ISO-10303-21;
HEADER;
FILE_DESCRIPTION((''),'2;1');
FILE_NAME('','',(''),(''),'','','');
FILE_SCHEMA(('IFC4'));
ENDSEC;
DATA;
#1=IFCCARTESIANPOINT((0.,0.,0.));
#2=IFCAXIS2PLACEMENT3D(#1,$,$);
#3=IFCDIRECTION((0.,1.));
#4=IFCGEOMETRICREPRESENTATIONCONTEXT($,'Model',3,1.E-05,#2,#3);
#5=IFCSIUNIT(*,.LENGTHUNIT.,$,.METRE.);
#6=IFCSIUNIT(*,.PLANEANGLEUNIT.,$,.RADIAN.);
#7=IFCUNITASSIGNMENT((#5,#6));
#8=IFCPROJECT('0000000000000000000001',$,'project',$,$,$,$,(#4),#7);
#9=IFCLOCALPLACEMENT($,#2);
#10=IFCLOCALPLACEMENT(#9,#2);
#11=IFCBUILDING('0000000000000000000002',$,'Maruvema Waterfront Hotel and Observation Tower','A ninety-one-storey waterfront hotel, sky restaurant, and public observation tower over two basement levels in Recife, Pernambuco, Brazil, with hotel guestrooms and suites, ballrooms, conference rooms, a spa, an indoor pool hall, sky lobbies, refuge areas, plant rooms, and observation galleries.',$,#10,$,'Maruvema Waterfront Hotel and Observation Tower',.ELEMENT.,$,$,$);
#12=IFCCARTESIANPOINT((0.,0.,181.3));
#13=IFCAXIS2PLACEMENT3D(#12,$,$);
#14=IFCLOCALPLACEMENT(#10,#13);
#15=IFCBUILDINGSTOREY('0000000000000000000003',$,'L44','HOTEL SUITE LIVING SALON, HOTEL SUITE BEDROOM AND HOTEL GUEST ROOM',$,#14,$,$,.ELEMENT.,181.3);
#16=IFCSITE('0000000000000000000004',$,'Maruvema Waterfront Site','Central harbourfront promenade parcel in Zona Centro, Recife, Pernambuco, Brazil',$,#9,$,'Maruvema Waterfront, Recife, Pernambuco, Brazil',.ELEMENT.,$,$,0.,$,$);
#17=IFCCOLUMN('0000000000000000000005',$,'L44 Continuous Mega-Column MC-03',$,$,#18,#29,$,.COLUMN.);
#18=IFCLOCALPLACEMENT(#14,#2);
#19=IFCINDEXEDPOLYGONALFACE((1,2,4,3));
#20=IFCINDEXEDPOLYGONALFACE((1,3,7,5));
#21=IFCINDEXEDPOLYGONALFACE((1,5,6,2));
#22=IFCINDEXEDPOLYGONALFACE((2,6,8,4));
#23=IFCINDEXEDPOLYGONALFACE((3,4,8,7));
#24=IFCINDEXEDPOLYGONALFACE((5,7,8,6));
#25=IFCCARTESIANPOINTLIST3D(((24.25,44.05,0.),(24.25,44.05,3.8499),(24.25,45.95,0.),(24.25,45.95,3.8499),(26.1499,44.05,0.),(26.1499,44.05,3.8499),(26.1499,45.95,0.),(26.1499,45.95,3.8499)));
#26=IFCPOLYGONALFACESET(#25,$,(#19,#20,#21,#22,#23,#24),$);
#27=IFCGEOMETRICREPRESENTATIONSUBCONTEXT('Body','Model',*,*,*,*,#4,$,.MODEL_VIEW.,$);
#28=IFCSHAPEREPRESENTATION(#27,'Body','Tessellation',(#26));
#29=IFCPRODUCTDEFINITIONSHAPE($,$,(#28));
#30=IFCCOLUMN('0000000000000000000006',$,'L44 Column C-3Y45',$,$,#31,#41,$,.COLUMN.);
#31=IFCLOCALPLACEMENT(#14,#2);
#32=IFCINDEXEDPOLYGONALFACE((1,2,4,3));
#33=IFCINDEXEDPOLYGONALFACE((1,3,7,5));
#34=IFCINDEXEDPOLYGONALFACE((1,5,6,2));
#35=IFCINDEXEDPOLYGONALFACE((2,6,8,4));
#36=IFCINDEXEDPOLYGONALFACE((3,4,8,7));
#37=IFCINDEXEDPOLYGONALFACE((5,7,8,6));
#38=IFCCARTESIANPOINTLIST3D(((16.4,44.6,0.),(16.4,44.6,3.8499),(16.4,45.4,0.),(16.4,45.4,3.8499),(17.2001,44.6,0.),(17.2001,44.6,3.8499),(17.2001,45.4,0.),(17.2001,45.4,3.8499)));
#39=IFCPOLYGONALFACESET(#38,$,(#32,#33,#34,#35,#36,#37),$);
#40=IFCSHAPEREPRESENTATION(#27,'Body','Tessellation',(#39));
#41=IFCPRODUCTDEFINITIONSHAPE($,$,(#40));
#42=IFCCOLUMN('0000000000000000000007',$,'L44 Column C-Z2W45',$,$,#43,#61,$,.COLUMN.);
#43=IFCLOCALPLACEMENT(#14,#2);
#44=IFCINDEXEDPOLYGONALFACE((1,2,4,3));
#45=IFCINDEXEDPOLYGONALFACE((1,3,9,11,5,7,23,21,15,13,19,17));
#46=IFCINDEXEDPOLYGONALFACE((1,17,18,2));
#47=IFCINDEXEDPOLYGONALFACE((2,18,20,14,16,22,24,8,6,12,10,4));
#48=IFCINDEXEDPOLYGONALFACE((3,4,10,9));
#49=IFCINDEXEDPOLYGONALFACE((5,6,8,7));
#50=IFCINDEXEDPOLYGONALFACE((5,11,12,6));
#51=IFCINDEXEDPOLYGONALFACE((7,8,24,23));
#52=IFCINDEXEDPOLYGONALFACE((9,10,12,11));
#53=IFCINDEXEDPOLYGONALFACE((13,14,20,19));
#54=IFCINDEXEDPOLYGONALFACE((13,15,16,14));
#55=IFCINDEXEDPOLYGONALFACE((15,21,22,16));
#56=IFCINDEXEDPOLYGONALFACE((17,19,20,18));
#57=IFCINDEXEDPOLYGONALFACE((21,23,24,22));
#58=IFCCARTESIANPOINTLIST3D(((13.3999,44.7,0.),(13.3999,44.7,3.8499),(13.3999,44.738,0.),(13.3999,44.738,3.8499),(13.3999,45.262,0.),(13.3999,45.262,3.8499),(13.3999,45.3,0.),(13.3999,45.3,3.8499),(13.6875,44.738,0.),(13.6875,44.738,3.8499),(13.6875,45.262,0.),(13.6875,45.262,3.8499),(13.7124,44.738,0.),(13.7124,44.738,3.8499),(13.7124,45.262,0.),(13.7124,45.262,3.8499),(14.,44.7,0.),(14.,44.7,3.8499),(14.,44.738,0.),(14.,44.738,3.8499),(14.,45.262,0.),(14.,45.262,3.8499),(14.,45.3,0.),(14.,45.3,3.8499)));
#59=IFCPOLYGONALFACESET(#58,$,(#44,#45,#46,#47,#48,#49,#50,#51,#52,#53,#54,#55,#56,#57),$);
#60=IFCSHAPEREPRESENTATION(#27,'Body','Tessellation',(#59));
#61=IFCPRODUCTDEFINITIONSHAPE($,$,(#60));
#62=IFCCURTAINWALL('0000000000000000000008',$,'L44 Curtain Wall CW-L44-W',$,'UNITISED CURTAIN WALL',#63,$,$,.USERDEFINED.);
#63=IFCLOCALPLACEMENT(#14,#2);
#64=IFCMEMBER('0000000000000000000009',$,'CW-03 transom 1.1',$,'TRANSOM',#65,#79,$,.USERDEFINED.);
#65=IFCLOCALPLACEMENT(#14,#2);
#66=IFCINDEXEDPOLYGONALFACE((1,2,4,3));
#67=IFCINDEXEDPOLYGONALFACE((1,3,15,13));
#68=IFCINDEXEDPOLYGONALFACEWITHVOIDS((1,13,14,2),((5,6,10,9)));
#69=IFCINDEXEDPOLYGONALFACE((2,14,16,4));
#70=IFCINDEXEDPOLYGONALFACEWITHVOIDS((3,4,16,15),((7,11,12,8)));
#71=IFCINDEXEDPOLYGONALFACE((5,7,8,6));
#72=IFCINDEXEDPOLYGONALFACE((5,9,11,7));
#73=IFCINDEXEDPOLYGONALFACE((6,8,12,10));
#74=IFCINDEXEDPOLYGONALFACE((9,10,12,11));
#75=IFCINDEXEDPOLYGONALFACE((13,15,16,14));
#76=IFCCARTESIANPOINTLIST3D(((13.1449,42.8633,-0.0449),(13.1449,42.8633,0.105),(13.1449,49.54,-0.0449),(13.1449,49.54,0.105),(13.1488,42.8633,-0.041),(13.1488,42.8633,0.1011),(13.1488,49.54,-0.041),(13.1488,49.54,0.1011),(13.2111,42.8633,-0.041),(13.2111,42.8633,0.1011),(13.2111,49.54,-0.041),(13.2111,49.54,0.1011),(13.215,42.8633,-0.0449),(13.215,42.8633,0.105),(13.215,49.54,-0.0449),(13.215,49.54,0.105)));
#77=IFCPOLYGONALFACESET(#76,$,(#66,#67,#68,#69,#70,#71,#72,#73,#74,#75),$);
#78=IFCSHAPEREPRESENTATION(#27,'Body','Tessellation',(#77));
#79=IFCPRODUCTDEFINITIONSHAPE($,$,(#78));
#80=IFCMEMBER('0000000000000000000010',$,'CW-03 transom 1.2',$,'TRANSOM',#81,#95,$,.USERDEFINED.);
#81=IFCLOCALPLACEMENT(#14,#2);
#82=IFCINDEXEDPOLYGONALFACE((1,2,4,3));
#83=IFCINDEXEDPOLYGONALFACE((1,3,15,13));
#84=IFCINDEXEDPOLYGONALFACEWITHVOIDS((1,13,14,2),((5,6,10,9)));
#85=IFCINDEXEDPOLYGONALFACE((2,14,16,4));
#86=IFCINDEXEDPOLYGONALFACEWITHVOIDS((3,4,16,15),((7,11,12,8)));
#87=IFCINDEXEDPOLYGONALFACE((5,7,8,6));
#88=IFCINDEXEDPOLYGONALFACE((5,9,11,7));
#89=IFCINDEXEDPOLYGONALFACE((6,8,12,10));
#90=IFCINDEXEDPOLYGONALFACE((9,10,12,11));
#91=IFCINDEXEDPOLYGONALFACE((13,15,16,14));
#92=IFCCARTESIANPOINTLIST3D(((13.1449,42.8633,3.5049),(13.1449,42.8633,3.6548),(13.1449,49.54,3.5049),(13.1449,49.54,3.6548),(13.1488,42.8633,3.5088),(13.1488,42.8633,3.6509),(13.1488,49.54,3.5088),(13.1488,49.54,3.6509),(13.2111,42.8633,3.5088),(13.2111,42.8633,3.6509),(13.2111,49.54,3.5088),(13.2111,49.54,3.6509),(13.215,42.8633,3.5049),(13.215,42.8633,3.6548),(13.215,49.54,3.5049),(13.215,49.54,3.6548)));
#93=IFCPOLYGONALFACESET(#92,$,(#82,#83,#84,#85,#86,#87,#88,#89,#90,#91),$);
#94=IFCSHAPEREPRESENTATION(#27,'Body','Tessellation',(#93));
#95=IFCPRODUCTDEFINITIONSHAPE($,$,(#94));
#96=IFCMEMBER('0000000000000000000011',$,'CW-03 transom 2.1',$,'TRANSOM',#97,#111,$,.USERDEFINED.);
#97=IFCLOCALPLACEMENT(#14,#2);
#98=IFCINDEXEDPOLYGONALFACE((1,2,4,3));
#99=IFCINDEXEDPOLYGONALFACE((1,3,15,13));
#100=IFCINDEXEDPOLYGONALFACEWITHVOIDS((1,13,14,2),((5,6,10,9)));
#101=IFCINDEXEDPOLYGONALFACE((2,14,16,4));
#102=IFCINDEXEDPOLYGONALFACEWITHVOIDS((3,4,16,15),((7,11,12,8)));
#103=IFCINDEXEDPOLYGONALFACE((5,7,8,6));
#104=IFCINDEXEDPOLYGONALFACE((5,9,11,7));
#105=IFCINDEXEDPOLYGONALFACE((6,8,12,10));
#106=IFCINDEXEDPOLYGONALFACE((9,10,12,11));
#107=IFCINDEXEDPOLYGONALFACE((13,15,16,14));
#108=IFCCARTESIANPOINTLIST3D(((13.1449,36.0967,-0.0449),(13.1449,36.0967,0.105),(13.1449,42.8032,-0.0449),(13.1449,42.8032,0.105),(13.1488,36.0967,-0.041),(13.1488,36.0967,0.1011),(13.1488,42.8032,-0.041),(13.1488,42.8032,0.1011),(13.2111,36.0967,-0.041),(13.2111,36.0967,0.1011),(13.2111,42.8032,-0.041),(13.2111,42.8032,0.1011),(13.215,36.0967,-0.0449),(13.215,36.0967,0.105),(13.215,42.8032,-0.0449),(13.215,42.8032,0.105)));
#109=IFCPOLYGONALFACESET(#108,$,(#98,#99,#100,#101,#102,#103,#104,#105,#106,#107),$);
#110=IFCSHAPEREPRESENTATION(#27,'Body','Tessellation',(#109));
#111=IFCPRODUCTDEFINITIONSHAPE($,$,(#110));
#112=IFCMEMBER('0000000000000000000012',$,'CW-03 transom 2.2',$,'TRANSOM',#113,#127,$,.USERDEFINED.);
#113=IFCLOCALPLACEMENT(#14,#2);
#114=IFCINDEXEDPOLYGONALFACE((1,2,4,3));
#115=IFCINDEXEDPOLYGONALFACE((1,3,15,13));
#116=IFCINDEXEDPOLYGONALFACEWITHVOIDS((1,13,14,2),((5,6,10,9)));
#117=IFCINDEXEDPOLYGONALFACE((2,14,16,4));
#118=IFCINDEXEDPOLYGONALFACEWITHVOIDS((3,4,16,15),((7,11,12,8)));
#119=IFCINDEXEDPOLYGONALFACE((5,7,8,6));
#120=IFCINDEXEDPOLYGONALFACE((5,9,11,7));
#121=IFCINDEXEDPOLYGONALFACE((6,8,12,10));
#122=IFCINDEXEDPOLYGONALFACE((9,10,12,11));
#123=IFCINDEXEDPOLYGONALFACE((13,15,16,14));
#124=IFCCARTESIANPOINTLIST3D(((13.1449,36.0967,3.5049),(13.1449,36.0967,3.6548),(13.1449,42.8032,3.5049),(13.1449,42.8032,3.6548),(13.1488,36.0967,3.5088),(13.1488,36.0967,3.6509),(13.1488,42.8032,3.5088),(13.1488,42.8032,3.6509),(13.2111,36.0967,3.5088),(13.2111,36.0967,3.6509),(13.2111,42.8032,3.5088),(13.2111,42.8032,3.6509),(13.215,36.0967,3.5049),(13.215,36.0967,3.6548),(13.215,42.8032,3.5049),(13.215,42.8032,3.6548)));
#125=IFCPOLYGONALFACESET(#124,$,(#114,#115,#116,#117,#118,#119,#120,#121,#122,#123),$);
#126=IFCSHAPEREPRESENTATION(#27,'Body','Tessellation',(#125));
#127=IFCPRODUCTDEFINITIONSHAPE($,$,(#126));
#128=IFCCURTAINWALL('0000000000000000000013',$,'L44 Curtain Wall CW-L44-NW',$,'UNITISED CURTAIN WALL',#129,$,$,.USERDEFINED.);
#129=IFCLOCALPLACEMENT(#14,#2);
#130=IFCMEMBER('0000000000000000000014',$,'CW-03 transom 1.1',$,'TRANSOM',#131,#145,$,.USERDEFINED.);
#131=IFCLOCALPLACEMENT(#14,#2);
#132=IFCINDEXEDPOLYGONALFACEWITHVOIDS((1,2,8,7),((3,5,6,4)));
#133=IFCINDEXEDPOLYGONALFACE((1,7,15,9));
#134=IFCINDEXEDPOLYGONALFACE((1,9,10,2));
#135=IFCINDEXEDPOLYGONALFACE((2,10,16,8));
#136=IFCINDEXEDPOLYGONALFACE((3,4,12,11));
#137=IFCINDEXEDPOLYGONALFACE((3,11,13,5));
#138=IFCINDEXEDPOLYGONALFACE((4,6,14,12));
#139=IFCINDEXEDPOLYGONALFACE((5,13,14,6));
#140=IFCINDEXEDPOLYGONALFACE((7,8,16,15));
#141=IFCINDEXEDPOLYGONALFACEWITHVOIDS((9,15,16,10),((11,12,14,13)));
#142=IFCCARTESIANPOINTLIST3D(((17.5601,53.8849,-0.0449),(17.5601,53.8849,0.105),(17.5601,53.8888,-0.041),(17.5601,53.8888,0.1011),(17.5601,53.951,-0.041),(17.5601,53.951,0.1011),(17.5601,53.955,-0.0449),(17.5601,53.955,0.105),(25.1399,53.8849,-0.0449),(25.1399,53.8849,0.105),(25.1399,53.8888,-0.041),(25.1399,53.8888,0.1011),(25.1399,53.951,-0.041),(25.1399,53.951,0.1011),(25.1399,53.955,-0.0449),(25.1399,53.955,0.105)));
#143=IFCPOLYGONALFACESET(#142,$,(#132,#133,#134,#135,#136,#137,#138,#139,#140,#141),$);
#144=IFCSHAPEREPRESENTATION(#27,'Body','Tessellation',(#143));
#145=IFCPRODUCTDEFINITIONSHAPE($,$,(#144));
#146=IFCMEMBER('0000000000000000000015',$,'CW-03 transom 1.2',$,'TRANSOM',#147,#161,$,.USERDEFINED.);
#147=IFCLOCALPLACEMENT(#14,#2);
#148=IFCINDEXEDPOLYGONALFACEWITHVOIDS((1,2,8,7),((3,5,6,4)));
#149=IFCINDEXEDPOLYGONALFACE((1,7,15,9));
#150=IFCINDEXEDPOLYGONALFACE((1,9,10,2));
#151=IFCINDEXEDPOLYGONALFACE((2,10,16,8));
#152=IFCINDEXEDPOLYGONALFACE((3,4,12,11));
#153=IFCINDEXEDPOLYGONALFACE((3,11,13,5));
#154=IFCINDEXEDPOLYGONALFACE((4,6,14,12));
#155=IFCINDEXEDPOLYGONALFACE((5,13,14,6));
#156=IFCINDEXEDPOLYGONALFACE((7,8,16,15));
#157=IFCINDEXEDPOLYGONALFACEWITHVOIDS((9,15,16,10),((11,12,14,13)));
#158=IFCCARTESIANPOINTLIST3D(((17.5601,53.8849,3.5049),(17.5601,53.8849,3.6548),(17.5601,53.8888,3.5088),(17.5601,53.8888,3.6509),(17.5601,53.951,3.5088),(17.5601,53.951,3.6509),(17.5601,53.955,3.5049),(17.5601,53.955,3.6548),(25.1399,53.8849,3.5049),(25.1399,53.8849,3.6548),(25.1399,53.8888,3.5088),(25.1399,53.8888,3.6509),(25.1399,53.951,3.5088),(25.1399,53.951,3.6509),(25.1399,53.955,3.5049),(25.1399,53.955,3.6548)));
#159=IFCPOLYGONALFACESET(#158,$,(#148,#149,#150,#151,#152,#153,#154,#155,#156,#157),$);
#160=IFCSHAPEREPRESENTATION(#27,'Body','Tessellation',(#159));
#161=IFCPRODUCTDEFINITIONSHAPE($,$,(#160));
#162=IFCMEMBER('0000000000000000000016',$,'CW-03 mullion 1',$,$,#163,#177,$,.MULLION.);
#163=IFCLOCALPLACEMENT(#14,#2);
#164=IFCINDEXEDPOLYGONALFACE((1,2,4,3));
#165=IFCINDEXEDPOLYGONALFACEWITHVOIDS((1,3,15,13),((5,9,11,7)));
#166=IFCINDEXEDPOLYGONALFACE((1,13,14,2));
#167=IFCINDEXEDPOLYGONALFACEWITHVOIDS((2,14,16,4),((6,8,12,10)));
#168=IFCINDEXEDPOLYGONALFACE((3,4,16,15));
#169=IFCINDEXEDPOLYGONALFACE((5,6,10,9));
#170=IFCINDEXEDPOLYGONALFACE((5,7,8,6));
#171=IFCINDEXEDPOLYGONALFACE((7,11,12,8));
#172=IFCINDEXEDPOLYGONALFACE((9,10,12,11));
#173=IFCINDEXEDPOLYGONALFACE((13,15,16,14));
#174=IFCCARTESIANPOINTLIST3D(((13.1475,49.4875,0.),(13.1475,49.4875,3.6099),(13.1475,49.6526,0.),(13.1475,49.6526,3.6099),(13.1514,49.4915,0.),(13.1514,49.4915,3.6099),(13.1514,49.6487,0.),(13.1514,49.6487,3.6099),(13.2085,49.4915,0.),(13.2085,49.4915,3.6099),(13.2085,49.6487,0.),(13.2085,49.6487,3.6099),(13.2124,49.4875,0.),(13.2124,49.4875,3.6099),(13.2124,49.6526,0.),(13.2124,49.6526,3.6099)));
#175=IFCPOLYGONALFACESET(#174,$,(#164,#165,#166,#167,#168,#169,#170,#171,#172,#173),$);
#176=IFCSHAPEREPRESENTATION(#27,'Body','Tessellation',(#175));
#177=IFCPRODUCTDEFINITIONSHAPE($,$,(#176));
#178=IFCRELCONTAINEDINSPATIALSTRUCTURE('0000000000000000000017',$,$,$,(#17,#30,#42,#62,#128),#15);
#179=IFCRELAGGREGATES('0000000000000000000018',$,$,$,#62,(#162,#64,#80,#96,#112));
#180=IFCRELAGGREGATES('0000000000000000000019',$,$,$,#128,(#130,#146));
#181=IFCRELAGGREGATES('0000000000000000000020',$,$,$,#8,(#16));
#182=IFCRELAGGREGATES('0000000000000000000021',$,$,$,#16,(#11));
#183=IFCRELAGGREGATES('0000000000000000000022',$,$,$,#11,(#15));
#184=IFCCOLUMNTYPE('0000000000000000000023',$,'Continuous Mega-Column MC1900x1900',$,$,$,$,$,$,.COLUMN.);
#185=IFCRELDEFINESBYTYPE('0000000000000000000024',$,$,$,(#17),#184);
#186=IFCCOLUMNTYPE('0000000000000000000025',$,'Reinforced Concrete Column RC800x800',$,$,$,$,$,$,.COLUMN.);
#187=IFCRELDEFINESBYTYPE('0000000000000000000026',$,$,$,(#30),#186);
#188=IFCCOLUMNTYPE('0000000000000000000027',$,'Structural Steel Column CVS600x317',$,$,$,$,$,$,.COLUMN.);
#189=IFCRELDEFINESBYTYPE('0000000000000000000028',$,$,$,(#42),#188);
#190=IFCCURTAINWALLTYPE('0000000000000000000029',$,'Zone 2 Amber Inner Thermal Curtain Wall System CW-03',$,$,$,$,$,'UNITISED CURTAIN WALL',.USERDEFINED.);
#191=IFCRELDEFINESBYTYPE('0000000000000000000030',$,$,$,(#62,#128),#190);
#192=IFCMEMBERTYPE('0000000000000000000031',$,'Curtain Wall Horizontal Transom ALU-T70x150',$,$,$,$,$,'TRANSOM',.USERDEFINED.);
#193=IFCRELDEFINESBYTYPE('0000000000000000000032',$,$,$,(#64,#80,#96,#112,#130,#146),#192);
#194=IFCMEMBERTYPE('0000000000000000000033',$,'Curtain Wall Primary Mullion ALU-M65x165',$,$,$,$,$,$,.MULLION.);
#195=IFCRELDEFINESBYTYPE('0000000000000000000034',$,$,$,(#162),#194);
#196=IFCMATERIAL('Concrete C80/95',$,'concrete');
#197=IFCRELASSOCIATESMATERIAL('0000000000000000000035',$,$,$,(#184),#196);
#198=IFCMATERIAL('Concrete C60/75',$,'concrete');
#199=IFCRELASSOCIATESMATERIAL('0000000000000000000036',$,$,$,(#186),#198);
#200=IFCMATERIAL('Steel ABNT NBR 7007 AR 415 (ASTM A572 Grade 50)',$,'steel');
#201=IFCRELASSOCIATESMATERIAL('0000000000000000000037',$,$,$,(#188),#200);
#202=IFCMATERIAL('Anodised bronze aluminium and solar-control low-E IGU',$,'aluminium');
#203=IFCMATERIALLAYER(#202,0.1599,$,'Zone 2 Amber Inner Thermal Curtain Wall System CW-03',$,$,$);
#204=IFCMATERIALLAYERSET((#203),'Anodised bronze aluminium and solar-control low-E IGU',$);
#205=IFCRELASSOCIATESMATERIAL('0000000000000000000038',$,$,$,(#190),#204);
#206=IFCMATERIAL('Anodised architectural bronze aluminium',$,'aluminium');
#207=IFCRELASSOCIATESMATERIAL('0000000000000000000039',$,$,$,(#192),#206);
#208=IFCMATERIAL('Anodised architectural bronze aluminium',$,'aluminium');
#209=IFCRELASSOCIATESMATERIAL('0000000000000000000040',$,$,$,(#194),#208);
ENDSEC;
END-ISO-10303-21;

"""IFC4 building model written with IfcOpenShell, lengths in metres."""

from ifc_helpers import new_model, si_unit, direction, frame, origin, origin_2d, place, context, subcontext, project, spatial, rectangle, hollow_rectangle, i_section, extrude, material, layer, layer_set, material_profile, profile_set, type_object, element, aggregate, save


model = new_model("IFC4")

# Units and contexts
model_context = context("Model", 3, precision=1e-05, world=origin(), true_north=direction((0.0, 1.0)))
body_context = subcontext(model_context, "Body", "Model", "MODEL_VIEW")
ifc_project = project(units=[si_unit("LENGTHUNIT", "METRE"), si_unit("PLANEANGLEUNIT", "RADIAN")], contexts=[model_context])

# Site, building, storey
site_placement = place(None, origin())
site = spatial("IfcSite", under=ifc_project, at=site_placement, Name="Maruvema Waterfront Site", Description="Central harbourfront promenade parcel in Zona Centro, Recife, Pernambuco, Brazil", LongName="Maruvema Waterfront, Recife, Pernambuco, Brazil", CompositionType="ELEMENT", RefElevation=0.0)
building_placement = place(site_placement, origin())
building = spatial("IfcBuilding", under=site, at=building_placement, Name="Maruvema Waterfront Hotel and Observation Tower", Description="A ninety-one-storey waterfront hotel, sky restaurant, and public observation tower over two basement levels in Recife, Pernambuco, Brazil, with hotel guestrooms and suites, ballrooms, conference rooms, a spa, an indoor pool hall, sky lobbies, refuge areas, plant rooms, and observation galleries.", LongName="Maruvema Waterfront Hotel and Observation Tower", CompositionType="ELEMENT")
storey_placement = place(building_placement, frame((0.0, 0.0, 181.3)))
storey = spatial("IfcBuildingStorey", under=building, at=storey_placement, Name="L44", Description="HOTEL SUITE LIVING SALON, HOTEL SUITE BEDROOM AND HOTEL GUEST ROOM", CompositionType="ELEMENT", Elevation=181.3)

# Columns
ifc_material_1 = material(Name="Concrete C80/95", Category="concrete")
ifc_material_profile_1 = material_profile(ifc_material_1, rectangle(XDim=1.8999, YDim=1.8999, at=origin_2d()), Name="MC1900x1900")
ifc_profile_set_1 = profile_set([ifc_material_profile_1], Name="Concrete C80/95")
column_type_1 = type_object("IfcColumnType", Name="Continuous Mega-Column MC1900x1900", PredefinedType="COLUMN", material=ifc_profile_set_1)
column_1_placement = place(storey_placement, frame((25.2, 45.0, 0.0), z_axis=(0.0, 0.0, 1.0), x_axis=(1.0, 0.0, 0.0)))
element("IfcColumn", 1, at=column_1_placement, inside=storey, type_object=column_type_1, Name="L44 Continuous Mega-Column MC-03", PredefinedType="COLUMN", context=body_context, shape_type="SweptSolid", body=[
    extrude(rectangle(XDim=1.8999, YDim=1.8999, at=origin_2d()), origin(), (0.0, 0.0, 1.0), 3.8499),
])
ifc_material_2 = material(Name="Concrete C60/75", Category="concrete")
ifc_material_profile_2 = material_profile(ifc_material_2, rectangle(XDim=0.8, YDim=0.8, at=origin_2d()), Name="RC800x800")
ifc_profile_set_2 = profile_set([ifc_material_profile_2], Name="Concrete C60/75")
column_type_2 = type_object("IfcColumnType", Name="Reinforced Concrete Column RC800x800", PredefinedType="COLUMN", material=ifc_profile_set_2)
column_2_placement = place(storey_placement, frame((16.8, 45.0, 0.0), z_axis=(0.0, 0.0, 1.0), x_axis=(1.0, 0.0, 0.0)))
element("IfcColumn", 2, at=column_2_placement, inside=storey, type_object=column_type_2, Name="L44 Column C-3Y45", PredefinedType="COLUMN", context=body_context, shape_type="SweptSolid", body=[
    extrude(rectangle(XDim=0.8, YDim=0.8, at=origin_2d()), origin(), (0.0, 0.0, 1.0), 3.8499),
])
ifc_material_3 = material(Name="Steel ABNT NBR 7007 AR 415 (ASTM A572 Grade 50)", Category="steel")
ifc_material_profile_3 = material_profile(ifc_material_3, i_section(OverallWidth=0.6001, OverallDepth=0.6001, WebThickness=0.0249, FlangeThickness=0.0381, at=origin_2d()), Name="CVS600x317")
ifc_profile_set_3 = profile_set([ifc_material_profile_3], Name="Steel ABNT NBR 7007 AR 415 (ASTM A572 Grade 50)")
column_type_3 = type_object("IfcColumnType", Name="Structural Steel Column CVS600x317", PredefinedType="COLUMN", material=ifc_profile_set_3)
column_3_placement = place(storey_placement, frame((13.7, 45.0, 0.0), z_axis=(0.0, 0.0, 1.0), x_axis=(1.0, 0.0, 0.0)))
element("IfcColumn", 3, at=column_3_placement, inside=storey, type_object=column_type_3, Name="L44 Column C-Z2W45", PredefinedType="COLUMN", context=body_context, shape_type="SweptSolid", body=[
    extrude(i_section(OverallWidth=0.6001, OverallDepth=0.6001, WebThickness=0.0249, FlangeThickness=0.0381, at=origin_2d()), origin(), (0.0, 0.0, 1.0), 3.8499),
])

# Curtain walls, members
ifc_material_4 = material(Name="Anodised bronze aluminium and solar-control low-E IGU", Category="aluminium")
ifc_layer_1 = layer(ifc_material_4, 0.1599, Name="Zone 2 Amber Inner Thermal Curtain Wall System CW-03")
ifc_layer_set_1 = layer_set([ifc_layer_1], Name="Anodised bronze aluminium and solar-control low-E IGU")
curtain_wall_type = type_object("IfcCurtainWallType", Name="Zone 2 Amber Inner Thermal Curtain Wall System CW-03", ElementType="UNITISED CURTAIN WALL", PredefinedType="USERDEFINED", material=ifc_layer_set_1)
curtain_wall_1_placement = place(storey_placement, origin())
curtain_wall_1 = element("IfcCurtainWall", 4, at=curtain_wall_1_placement, inside=storey, type_object=curtain_wall_type, Name="L44 Curtain Wall CW-L44-W", ObjectType="UNITISED CURTAIN WALL", PredefinedType="USERDEFINED")
ifc_material_5 = material(Name="Anodised architectural bronze aluminium", Category="aluminium")
ifc_material_profile_4 = material_profile(ifc_material_5, hollow_rectangle(XDim=0.0701, YDim=0.1499, WallThickness=0.0039, at=origin_2d()), Name="ALU-T70x150")
ifc_profile_set_4 = profile_set([ifc_material_profile_4], Name="Anodised architectural bronze aluminium")
member_type_1 = type_object("IfcMemberType", Name="Curtain Wall Horizontal Transom ALU-T70x150", ElementType="TRANSOM", PredefinedType="USERDEFINED", material=ifc_profile_set_4)
member_1_placement = place(storey_placement, frame((13.1799, 49.54, 0.03), z_axis=(0.0, -1.0, 0.0), x_axis=(1.0, 0.0, 0.0)))
member_1 = element("IfcMember", 5, at=member_1_placement, type_object=member_type_1, Name="CW-03 transom 1.1", ObjectType="TRANSOM", PredefinedType="USERDEFINED", context=body_context, shape_type="SweptSolid", body=[
    extrude(hollow_rectangle(XDim=0.0701, YDim=0.1499, WallThickness=0.0039, at=origin_2d()), origin(), (0.0, 0.0, 1.0), 6.6768),
])
member_2_placement = place(storey_placement, frame((13.1799, 49.54, 3.5798), z_axis=(0.0, -1.0, 0.0), x_axis=(1.0, 0.0, 0.0)))
member_2 = element("IfcMember", 6, at=member_2_placement, type_object=member_type_1, Name="CW-03 transom 1.2", ObjectType="TRANSOM", PredefinedType="USERDEFINED", context=body_context, shape_type="SweptSolid", body=[
    extrude(hollow_rectangle(XDim=0.0701, YDim=0.1499, WallThickness=0.0039, at=origin_2d()), origin(), (0.0, 0.0, 1.0), 6.6768),
])
member_3_placement = place(storey_placement, frame((13.1799, 42.8032, 0.03), z_axis=(0.0, -1.0, 0.0), x_axis=(1.0, 0.0, 0.0)))
member_3 = element("IfcMember", 7, at=member_3_placement, type_object=member_type_1, Name="CW-03 transom 2.1", ObjectType="TRANSOM", PredefinedType="USERDEFINED", context=body_context, shape_type="SweptSolid", body=[
    extrude(hollow_rectangle(XDim=0.0701, YDim=0.1499, WallThickness=0.0039, at=origin_2d()), origin(), (0.0, 0.0, 1.0), 6.7065),
])
member_4_placement = place(storey_placement, frame((13.1799, 42.8032, 3.5798), z_axis=(0.0, -1.0, 0.0), x_axis=(1.0, 0.0, 0.0)))
member_4 = element("IfcMember", 8, at=member_4_placement, type_object=member_type_1, Name="CW-03 transom 2.2", ObjectType="TRANSOM", PredefinedType="USERDEFINED", context=body_context, shape_type="SweptSolid", body=[
    extrude(hollow_rectangle(XDim=0.0701, YDim=0.1499, WallThickness=0.0039, at=origin_2d()), origin(), (0.0, 0.0, 1.0), 6.7065),
])
curtain_wall_2_placement = place(storey_placement, origin())
curtain_wall_2 = element("IfcCurtainWall", 9, at=curtain_wall_2_placement, inside=storey, type_object=curtain_wall_type, Name="L44 Curtain Wall CW-L44-NW", ObjectType="UNITISED CURTAIN WALL", PredefinedType="USERDEFINED")
member_5_placement = place(storey_placement, frame((25.1399, 53.9199, 0.03), z_axis=(-1.0, 0.0, 0.0), x_axis=(0.0, -1.0, 0.0)))
member_5 = element("IfcMember", 10, at=member_5_placement, type_object=member_type_1, Name="CW-03 transom 1.1", ObjectType="TRANSOM", PredefinedType="USERDEFINED", context=body_context, shape_type="SweptSolid", body=[
    extrude(hollow_rectangle(XDim=0.0701, YDim=0.1499, WallThickness=0.0039, at=origin_2d()), origin(), (0.0, 0.0, 1.0), 7.5798),
])
member_6_placement = place(storey_placement, frame((25.1399, 53.9199, 3.5798), z_axis=(-1.0, 0.0, 0.0), x_axis=(0.0, -1.0, 0.0)))
member_6 = element("IfcMember", 11, at=member_6_placement, type_object=member_type_1, Name="CW-03 transom 1.2", ObjectType="TRANSOM", PredefinedType="USERDEFINED", context=body_context, shape_type="SweptSolid", body=[
    extrude(hollow_rectangle(XDim=0.0701, YDim=0.1499, WallThickness=0.0039, at=origin_2d()), origin(), (0.0, 0.0, 1.0), 7.5798),
])

# Member
ifc_material_6 = material(Name="Anodised architectural bronze aluminium", Category="aluminium")
ifc_material_profile_5 = material_profile(ifc_material_6, hollow_rectangle(XDim=0.0649, YDim=0.165, WallThickness=0.0039, at=origin_2d()), Name="ALU-M65x165")
ifc_profile_set_5 = profile_set([ifc_material_profile_5], Name="Anodised architectural bronze aluminium")
member_type_2 = type_object("IfcMemberType", Name="Curtain Wall Primary Mullion ALU-M65x165", PredefinedType="MULLION", material=ifc_profile_set_5)
member_7_placement = place(storey_placement, frame((13.1799, 49.5701, 0.0), z_axis=(0.0, 0.0, 1.0), x_axis=(1.0, 0.0, 0.0)))
member_7 = element("IfcMember", 12, at=member_7_placement, type_object=member_type_2, Name="CW-03 mullion 1", PredefinedType="MULLION", context=body_context, shape_type="SweptSolid", body=[
    extrude(hollow_rectangle(XDim=0.0649, YDim=0.165, WallThickness=0.0039, at=origin_2d()), origin(), (0.0, 0.0, 1.0), 3.6099),
])

aggregate(curtain_wall_1, [member_7, member_1, member_2, member_3, member_4])
aggregate(curtain_wall_2, [member_5, member_6])

save(model, "model.ifc")
